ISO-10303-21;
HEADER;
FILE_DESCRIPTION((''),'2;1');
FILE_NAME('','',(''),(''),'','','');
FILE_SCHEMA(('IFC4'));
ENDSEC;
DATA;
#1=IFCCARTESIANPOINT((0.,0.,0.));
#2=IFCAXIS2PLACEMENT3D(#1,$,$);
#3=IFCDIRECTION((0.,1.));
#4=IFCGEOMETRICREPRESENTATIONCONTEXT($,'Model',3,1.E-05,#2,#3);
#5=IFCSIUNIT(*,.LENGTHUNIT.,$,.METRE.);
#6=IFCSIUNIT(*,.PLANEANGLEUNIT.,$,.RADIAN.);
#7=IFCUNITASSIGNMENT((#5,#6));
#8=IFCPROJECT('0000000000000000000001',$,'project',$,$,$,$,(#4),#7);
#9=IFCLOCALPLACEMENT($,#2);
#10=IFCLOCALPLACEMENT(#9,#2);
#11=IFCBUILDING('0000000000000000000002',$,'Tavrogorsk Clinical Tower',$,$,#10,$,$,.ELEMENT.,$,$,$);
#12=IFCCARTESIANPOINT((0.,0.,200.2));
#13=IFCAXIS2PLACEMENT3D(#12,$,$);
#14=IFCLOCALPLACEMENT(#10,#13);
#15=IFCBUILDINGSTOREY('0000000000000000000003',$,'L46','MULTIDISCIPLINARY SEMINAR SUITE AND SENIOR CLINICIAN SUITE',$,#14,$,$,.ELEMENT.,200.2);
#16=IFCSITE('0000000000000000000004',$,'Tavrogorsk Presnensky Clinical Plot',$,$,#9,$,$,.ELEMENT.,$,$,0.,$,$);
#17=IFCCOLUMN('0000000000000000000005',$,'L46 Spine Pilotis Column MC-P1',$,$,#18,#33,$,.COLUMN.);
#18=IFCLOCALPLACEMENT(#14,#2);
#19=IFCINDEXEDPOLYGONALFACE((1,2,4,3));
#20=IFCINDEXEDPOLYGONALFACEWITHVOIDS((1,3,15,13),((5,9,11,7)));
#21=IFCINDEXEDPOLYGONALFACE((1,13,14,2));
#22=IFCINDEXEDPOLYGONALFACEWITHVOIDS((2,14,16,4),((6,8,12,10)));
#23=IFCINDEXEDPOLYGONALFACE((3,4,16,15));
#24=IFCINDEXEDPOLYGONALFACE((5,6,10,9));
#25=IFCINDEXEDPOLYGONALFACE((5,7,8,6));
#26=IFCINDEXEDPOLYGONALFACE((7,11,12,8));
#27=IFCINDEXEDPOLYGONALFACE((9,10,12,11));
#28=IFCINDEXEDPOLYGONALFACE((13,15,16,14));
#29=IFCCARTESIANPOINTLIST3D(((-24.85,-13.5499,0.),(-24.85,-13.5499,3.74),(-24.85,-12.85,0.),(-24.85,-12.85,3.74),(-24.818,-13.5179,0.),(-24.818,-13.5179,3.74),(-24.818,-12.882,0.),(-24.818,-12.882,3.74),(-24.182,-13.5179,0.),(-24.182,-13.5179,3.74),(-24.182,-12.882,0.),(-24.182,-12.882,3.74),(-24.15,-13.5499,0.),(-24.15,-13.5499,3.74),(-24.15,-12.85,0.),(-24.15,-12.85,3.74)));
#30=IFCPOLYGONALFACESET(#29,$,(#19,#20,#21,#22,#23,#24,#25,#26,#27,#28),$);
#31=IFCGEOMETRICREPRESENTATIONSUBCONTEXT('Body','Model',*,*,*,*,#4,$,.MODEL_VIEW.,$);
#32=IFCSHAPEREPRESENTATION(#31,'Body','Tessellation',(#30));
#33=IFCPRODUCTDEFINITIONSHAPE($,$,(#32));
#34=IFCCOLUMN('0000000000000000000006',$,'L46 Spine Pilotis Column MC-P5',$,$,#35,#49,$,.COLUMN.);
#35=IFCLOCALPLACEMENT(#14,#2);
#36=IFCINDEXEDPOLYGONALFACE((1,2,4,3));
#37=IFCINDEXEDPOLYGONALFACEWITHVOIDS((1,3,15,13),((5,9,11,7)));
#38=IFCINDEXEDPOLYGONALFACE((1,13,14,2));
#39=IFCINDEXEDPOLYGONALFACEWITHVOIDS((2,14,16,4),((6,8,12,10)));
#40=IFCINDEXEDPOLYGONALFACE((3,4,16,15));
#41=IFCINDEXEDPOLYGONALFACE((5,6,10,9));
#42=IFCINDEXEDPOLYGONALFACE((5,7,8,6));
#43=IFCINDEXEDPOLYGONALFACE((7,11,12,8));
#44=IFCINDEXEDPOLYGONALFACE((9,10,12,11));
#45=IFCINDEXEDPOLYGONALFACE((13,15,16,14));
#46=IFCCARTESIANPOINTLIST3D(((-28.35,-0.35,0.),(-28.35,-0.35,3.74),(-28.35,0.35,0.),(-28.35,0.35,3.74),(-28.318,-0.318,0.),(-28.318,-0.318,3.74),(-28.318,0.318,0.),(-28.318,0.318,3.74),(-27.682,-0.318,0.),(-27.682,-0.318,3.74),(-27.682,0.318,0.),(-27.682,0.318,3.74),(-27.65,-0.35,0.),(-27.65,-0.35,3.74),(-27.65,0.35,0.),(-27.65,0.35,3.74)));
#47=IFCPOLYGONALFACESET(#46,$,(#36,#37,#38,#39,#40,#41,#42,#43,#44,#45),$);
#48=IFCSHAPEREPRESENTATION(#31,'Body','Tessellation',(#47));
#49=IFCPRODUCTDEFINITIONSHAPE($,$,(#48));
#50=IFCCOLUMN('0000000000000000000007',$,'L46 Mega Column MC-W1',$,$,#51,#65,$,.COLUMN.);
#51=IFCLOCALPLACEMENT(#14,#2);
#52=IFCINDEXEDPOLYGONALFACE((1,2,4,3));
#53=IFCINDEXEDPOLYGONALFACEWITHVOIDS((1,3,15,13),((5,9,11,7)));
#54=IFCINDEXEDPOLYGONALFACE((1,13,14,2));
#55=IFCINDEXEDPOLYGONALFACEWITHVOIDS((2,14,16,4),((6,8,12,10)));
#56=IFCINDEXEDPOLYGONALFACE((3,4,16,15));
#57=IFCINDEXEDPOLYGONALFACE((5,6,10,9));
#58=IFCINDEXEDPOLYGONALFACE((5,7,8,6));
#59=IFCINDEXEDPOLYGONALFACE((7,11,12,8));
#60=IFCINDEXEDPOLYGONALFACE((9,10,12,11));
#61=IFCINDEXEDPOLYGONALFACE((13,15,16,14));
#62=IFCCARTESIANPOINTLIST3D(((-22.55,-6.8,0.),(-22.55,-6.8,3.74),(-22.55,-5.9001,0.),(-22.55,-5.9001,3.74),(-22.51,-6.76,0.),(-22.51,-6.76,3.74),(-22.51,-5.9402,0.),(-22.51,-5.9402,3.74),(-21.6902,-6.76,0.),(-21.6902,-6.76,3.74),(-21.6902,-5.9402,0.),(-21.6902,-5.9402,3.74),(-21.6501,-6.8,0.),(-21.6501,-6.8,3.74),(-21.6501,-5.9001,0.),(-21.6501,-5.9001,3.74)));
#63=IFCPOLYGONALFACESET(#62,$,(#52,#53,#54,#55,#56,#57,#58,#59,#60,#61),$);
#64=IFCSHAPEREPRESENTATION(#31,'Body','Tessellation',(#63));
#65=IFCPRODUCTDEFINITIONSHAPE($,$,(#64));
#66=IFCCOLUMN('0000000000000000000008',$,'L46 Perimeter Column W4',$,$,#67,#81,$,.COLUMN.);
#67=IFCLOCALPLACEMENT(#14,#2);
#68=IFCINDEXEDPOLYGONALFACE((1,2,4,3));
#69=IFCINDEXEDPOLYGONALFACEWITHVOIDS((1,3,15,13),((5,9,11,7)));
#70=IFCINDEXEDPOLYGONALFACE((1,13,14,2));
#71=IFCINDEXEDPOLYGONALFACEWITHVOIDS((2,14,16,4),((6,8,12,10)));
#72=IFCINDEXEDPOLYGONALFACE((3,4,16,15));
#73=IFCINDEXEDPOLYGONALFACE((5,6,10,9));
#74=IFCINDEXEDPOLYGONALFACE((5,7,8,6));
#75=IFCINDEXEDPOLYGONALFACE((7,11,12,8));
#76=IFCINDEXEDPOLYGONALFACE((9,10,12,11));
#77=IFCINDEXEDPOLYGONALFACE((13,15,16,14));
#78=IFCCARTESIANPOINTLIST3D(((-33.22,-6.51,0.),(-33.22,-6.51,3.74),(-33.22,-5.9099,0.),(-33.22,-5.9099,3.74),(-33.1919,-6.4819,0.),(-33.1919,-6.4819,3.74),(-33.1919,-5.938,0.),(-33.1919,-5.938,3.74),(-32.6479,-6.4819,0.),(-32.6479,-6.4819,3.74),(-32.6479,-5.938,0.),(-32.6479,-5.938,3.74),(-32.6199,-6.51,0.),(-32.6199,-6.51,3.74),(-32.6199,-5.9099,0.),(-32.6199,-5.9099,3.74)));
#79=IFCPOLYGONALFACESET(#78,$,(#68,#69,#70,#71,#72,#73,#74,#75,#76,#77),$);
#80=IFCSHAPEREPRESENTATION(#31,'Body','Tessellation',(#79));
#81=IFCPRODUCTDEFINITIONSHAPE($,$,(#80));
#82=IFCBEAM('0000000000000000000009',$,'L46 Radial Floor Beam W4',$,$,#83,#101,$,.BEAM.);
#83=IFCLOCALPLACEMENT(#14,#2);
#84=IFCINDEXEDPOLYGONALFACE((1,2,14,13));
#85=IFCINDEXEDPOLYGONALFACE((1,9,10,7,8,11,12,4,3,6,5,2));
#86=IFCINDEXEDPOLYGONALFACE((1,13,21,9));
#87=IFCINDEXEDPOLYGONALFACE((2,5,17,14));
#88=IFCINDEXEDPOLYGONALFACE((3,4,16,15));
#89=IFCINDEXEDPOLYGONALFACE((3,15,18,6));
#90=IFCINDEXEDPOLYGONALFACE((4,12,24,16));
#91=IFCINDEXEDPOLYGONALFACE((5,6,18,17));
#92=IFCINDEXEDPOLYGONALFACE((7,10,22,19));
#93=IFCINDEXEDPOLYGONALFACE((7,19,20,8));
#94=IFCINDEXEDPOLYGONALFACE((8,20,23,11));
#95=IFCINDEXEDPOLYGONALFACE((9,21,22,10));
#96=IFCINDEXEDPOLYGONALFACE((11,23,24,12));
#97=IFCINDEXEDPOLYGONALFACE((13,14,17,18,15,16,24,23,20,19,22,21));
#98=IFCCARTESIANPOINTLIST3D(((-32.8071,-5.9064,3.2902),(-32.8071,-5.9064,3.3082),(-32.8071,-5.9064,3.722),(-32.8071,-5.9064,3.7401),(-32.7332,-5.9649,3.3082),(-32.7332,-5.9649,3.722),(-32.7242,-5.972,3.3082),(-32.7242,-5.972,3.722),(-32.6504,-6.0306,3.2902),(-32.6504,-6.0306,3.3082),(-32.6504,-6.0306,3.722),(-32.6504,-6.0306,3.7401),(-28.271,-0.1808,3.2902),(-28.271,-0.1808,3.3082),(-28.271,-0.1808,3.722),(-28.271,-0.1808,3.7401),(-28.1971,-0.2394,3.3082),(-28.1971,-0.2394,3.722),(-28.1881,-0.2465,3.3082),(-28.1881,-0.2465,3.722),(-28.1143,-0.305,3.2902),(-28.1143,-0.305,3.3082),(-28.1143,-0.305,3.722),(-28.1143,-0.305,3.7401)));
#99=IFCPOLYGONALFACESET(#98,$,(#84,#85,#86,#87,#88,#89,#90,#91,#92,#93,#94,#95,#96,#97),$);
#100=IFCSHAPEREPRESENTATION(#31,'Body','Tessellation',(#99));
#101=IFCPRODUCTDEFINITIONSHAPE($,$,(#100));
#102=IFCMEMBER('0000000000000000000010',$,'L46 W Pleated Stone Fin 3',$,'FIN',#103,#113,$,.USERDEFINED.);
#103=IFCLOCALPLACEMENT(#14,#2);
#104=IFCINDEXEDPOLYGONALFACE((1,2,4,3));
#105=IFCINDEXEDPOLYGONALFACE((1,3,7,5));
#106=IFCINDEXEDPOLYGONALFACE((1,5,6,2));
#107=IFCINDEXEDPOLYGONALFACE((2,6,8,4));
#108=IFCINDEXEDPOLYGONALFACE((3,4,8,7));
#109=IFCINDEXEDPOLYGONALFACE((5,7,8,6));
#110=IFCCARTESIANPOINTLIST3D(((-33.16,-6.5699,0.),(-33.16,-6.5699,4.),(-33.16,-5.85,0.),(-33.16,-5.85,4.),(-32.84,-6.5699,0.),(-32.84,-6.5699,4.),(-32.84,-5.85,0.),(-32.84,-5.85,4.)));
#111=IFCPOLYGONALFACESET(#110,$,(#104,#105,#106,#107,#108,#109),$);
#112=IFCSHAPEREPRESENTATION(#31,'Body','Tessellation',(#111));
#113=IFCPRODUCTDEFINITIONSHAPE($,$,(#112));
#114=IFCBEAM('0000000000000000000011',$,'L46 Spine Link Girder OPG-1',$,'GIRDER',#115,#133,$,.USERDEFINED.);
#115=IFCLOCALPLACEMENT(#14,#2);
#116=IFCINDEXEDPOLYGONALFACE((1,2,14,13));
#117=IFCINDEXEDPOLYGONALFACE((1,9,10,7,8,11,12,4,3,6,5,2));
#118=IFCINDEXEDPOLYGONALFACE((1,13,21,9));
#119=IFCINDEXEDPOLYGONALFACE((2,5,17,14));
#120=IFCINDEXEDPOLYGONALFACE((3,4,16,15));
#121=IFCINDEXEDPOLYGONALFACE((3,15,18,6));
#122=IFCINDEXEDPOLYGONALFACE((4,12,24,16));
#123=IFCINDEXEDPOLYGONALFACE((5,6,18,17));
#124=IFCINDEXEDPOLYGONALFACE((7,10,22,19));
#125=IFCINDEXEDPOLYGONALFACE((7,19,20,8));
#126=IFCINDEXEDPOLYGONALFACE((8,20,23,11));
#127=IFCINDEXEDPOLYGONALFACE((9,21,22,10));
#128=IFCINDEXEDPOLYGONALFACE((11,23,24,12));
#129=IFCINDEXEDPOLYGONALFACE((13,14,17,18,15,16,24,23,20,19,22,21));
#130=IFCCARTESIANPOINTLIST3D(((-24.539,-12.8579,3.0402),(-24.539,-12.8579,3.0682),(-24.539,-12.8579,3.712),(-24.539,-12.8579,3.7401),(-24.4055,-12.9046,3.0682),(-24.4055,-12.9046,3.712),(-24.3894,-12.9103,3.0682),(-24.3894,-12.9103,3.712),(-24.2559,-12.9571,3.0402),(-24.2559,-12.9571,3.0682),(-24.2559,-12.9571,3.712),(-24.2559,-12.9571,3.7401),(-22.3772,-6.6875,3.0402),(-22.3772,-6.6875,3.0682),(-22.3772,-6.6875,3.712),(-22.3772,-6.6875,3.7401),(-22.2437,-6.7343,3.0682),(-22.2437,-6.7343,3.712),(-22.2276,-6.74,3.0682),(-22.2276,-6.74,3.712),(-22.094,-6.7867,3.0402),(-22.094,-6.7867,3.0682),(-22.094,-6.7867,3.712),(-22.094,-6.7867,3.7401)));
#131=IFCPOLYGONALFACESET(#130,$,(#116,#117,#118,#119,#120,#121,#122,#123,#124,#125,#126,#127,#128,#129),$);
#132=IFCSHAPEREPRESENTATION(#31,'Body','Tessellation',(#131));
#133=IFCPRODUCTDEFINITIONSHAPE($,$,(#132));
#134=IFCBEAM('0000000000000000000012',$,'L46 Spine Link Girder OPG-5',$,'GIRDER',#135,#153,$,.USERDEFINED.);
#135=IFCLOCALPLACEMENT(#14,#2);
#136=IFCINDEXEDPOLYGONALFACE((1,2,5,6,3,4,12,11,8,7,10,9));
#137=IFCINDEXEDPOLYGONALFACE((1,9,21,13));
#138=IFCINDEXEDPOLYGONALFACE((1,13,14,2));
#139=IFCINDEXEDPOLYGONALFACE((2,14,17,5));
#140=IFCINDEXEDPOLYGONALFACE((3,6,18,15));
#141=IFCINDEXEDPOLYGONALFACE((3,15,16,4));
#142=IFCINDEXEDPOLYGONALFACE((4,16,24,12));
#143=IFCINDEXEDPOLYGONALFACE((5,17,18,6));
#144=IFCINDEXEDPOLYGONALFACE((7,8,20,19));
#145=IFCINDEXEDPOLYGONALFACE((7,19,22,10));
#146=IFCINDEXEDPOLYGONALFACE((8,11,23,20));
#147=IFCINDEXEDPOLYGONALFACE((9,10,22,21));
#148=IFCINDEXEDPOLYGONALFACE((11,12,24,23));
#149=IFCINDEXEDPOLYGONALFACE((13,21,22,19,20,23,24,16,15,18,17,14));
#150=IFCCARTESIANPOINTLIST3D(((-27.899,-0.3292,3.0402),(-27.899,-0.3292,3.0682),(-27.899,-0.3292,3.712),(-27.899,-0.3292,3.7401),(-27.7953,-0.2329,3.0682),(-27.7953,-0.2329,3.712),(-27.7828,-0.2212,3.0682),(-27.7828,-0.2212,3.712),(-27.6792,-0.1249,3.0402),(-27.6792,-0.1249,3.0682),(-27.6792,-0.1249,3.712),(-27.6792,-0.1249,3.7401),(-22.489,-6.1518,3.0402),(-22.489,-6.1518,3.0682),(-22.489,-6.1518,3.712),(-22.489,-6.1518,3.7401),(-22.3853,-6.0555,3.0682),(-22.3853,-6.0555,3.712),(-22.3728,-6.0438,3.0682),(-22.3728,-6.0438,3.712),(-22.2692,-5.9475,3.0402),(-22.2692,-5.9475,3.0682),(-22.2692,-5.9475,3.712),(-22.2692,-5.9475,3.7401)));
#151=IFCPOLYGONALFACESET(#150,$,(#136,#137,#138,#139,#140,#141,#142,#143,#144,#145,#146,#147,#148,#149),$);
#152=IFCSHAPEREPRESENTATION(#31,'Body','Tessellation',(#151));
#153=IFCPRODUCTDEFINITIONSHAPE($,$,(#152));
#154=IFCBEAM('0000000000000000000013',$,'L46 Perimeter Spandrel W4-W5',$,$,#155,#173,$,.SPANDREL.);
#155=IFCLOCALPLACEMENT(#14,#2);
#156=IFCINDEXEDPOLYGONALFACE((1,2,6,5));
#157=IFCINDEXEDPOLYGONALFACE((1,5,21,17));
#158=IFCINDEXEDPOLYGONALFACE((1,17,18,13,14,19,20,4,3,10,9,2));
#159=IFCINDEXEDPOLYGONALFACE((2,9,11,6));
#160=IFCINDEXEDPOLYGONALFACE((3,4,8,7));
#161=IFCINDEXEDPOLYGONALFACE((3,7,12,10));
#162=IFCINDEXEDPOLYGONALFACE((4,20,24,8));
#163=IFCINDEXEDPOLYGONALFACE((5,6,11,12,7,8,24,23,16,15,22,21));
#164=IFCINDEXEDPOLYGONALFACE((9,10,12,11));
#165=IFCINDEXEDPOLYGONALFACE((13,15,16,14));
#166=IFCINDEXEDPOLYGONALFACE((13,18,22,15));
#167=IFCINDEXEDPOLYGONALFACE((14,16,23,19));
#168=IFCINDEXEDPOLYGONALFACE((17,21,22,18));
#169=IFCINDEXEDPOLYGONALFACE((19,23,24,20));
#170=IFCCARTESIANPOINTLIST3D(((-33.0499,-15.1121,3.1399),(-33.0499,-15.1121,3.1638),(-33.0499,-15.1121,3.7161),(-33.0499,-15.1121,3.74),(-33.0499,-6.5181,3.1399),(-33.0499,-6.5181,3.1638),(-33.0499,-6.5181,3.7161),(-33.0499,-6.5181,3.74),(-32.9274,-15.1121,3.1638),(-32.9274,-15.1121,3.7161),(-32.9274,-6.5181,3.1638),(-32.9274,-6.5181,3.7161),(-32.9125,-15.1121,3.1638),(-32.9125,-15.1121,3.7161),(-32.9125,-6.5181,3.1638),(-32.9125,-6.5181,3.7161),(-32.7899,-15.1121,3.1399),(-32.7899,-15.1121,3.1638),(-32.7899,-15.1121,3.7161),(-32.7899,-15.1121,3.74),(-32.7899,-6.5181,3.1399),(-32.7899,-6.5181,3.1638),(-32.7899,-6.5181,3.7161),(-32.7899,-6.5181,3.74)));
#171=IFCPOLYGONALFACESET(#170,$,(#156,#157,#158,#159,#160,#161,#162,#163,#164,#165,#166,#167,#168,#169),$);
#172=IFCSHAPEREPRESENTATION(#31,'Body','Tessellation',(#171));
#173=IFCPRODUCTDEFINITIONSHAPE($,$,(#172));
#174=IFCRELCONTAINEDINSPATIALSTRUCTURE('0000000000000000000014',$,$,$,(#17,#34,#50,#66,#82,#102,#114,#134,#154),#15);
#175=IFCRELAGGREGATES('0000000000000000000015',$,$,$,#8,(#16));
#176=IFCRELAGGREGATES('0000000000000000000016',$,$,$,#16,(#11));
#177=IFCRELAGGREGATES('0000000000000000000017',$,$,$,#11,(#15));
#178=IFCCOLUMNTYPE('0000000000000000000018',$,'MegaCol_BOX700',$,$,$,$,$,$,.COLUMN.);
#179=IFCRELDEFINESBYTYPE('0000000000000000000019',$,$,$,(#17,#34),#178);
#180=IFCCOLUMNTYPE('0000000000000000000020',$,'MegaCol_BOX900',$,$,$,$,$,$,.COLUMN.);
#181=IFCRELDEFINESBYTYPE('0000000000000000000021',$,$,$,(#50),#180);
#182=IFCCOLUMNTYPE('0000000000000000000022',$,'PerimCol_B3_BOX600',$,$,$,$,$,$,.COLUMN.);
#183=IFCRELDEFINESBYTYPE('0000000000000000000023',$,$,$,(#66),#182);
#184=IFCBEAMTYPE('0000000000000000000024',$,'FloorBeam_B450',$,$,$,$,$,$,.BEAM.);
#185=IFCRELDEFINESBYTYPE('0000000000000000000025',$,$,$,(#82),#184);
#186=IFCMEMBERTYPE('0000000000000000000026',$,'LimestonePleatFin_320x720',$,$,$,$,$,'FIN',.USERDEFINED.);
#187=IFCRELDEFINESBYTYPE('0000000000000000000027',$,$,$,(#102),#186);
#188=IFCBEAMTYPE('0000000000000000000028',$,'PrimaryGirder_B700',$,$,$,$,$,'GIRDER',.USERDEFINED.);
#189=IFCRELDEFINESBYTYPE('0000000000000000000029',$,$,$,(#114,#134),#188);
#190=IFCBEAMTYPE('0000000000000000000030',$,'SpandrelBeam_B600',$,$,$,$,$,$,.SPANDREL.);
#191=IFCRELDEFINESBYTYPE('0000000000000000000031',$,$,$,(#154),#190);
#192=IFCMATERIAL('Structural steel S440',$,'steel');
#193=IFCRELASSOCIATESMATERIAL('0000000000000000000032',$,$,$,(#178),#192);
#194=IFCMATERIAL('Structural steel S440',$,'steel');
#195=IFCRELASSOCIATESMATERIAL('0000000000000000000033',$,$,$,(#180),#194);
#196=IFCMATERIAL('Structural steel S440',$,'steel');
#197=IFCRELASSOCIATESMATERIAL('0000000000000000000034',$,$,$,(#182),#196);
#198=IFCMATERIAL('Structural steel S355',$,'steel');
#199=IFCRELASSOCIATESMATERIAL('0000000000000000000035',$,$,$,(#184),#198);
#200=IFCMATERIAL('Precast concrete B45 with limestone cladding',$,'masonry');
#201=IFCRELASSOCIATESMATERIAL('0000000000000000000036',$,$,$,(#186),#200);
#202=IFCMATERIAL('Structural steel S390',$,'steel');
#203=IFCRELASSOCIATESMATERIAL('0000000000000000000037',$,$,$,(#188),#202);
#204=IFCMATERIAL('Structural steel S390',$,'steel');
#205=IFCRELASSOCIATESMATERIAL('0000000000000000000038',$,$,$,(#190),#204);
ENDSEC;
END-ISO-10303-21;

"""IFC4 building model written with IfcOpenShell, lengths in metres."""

from ifc_helpers import new_model, si_unit, direction, frame, origin, origin_2d, place, context, subcontext, project, spatial, rectangle, hollow_rectangle, i_section, extrude, material, material_profile, profile_set, type_object, element, save


model = new_model("IFC4")

# Units and contexts
model_context = context("Model", 3, precision=1e-05, world=origin(), true_north=direction((0.0, 1.0)))
body_context = subcontext(model_context, "Body", "Model", "MODEL_VIEW")
ifc_project = project(units=[si_unit("LENGTHUNIT", "METRE"), si_unit("PLANEANGLEUNIT", "RADIAN")], contexts=[model_context])

# Site, building, storey
site_placement = place(None, origin())
site = spatial("IfcSite", under=ifc_project, at=site_placement, Name="Tavrogorsk Presnensky Clinical Plot", CompositionType="ELEMENT", RefElevation=0.0)
building_placement = place(site_placement, origin())
building = spatial("IfcBuilding", under=site, at=building_placement, Name="Tavrogorsk Clinical Tower", CompositionType="ELEMENT")
storey_placement = place(building_placement, frame((0.0, 0.0, 200.2)))
storey = spatial("IfcBuildingStorey", under=building, at=storey_placement, Name="L46", Description="MULTIDISCIPLINARY SEMINAR SUITE AND SENIOR CLINICIAN SUITE", CompositionType="ELEMENT", Elevation=200.2)

# Columns
ifc_material_1 = material(Name="Structural steel S440", Category="steel")
ifc_material_profile_1 = material_profile(ifc_material_1, hollow_rectangle(XDim=0.7, YDim=0.7, WallThickness=0.032, at=origin_2d()), Name="BOX-700x700x32")
ifc_profile_set_1 = profile_set([ifc_material_profile_1], Name="Structural steel S440")
column_type_1 = type_object("IfcColumnType", Name="MegaCol_BOX700", PredefinedType="COLUMN", material=ifc_profile_set_1)
for number, where, z_axis, x_axis, name in (
    (1, (-24.5, -13.2, 0.0), (0.0, 0.0, 1.0), (1.0, 0.0, 0.0), "L46 Spine Pilotis Column MC-P1"),
    (2, (-28.0, 0.0, 0.0), (0.0, 0.0, 1.0), (1.0, 0.0, 0.0), "L46 Spine Pilotis Column MC-P5"),
):
    element("IfcColumn", number, at=place(storey_placement, frame(where, z_axis=z_axis, x_axis=x_axis)), inside=storey, type_object=column_type_1, Name=name, PredefinedType="COLUMN", context=body_context, shape_type="SweptSolid", body=[
        extrude(hollow_rectangle(XDim=0.7, YDim=0.7, WallThickness=0.032, at=origin_2d()), origin(), (0.0, 0.0, 1.0), 3.74),
    ])
ifc_material_2 = material(Name="Structural steel S440", Category="steel")
ifc_material_profile_2 = material_profile(ifc_material_2, hollow_rectangle(XDim=0.8999, YDim=0.8999, WallThickness=0.04, at=origin_2d()), Name="BOX-900x900x40")
ifc_profile_set_2 = profile_set([ifc_material_profile_2], Name="Structural steel S440")
column_type_2 = type_object("IfcColumnType", Name="MegaCol_BOX900", PredefinedType="COLUMN", material=ifc_profile_set_2)
column_1_placement = place(storey_placement, frame((-22.1001, -6.3501, 0.0), z_axis=(0.0, 0.0, 1.0), x_axis=(1.0, 0.0, 0.0)))
element("IfcColumn", 3, at=column_1_placement, inside=storey, type_object=column_type_2, Name="L46 Mega Column MC-W1", PredefinedType="COLUMN", context=body_context, shape_type="SweptSolid", body=[
    extrude(hollow_rectangle(XDim=0.8999, YDim=0.8999, WallThickness=0.04, at=origin_2d()), origin(), (0.0, 0.0, 1.0), 3.74),
])
ifc_material_3 = material(Name="Structural steel S440", Category="steel")
ifc_material_profile_3 = material_profile(ifc_material_3, hollow_rectangle(XDim=0.6001, YDim=0.6001, WallThickness=0.0281, at=origin_2d()), Name="BOX-600x600x28")
ifc_profile_set_3 = profile_set([ifc_material_profile_3], Name="Structural steel S440")
column_type_3 = type_object("IfcColumnType", Name="PerimCol_B3_BOX600", PredefinedType="COLUMN", material=ifc_profile_set_3)
column_2_placement = place(storey_placement, frame((-32.9199, -6.21, 0.0), z_axis=(0.0, 0.0, 1.0), x_axis=(1.0, 0.0, 0.0)))
element("IfcColumn", 4, at=column_2_placement, inside=storey, type_object=column_type_3, Name="L46 Perimeter Column W4", PredefinedType="COLUMN", context=body_context, shape_type="SweptSolid", body=[
    extrude(hollow_rectangle(XDim=0.6001, YDim=0.6001, WallThickness=0.0281, at=origin_2d()), origin(), (0.0, 0.0, 1.0), 3.74),
])

# Beam
ifc_material_4 = material(Name="Structural steel S355", Category="steel")
ifc_material_profile_4 = material_profile(ifc_material_4, i_section(OverallWidth=0.2, OverallDepth=0.45, WebThickness=0.0115, FlangeThickness=0.0181, at=origin_2d()), Name="B-450x200x11.5x18")
ifc_profile_set_4 = profile_set([ifc_material_profile_4], Name="Structural steel S355")
beam_type_1 = type_object("IfcBeamType", Name="FloorBeam_B450", PredefinedType="BEAM", material=ifc_profile_set_4)
beam_1_placement = place(storey_placement, frame((-28.1926, -0.2429, 3.5151), z_axis=(-0.620987, -0.783821, 0.0), x_axis=(0.783821, -0.620987, 0.0)))
element("IfcBeam", 5, at=beam_1_placement, inside=storey, type_object=beam_type_1, Name="L46 Radial Floor Beam W4", PredefinedType="BEAM", context=body_context, shape_type="SweptSolid", body=[
    extrude(i_section(OverallWidth=0.2, OverallDepth=0.45, WebThickness=0.0115, FlangeThickness=0.0181, at=origin_2d()), origin(), (0.0, 0.0, 1.0), 7.3047),
])

# Member
ifc_material_5 = material(Name="Precast concrete B45 with limestone cladding", Category="masonry")
ifc_material_profile_5 = material_profile(ifc_material_5, rectangle(XDim=0.3201, YDim=0.72, at=origin_2d()), Name="LIMESTONE-FIN-320x720")
ifc_profile_set_5 = profile_set([ifc_material_profile_5], Name="Precast concrete B45 with limestone cladding")
member_type = type_object("IfcMemberType", Name="LimestonePleatFin_320x720", ElementType="FIN", PredefinedType="USERDEFINED", material=ifc_profile_set_5)
member_placement = place(storey_placement, frame((-33.0, -6.21, 0.0), z_axis=(0.0, 0.0, 1.0), x_axis=(1.0, 0.0, 0.0)))
element("IfcMember", 6, at=member_placement, inside=storey, type_object=member_type, Name="L46 W Pleated Stone Fin 3", ObjectType="FIN", PredefinedType="USERDEFINED", context=body_context, shape_type="SweptSolid", body=[
    extrude(rectangle(XDim=0.3201, YDim=0.72, at=origin_2d()), origin(), (0.0, 0.0, 1.0), 4.0),
])

# Beams
ifc_material_6 = material(Name="Structural steel S390", Category="steel")
ifc_material_profile_6 = material_profile(ifc_material_6, i_section(OverallWidth=0.3, OverallDepth=0.7, WebThickness=0.0171, FlangeThickness=0.0281, at=origin_2d()), Name="B-700x300x17x28")
ifc_profile_set_6 = profile_set([ifc_material_profile_6], Name="Structural steel S390")
beam_type_2 = type_object("IfcBeamType", Name="PrimaryGirder_B700", ElementType="GIRDER", PredefinedType="USERDEFINED", material=ifc_profile_set_6)
beam_2_placement = place(storey_placement, frame((-24.3975, -12.9075, 3.3901), z_axis=(0.330653, 0.943752, 0.0), x_axis=(-0.943752, 0.330653, 0.0)))
element("IfcBeam", 7, at=beam_2_placement, inside=storey, type_object=beam_type_2, Name="L46 Spine Link Girder OPG-1", ObjectType="GIRDER", PredefinedType="USERDEFINED", context=body_context, shape_type="SweptSolid", body=[
    extrude(i_section(OverallWidth=0.3, OverallDepth=0.7, WebThickness=0.0171, FlangeThickness=0.0281, at=origin_2d()), origin(), (0.0, 0.0, 1.0), 6.5381),
])
beam_3_placement = place(storey_placement, frame((-27.7891, -0.2271, 3.3901), z_axis=(0.680674, -0.732587, 0.0), x_axis=(0.732587, 0.680674, 0.0)))
element("IfcBeam", 8, at=beam_3_placement, inside=storey, type_object=beam_type_2, Name="L46 Spine Link Girder OPG-5", ObjectType="GIRDER", PredefinedType="USERDEFINED", context=body_context, shape_type="SweptSolid", body=[
    extrude(i_section(OverallWidth=0.3, OverallDepth=0.7, WebThickness=0.0171, FlangeThickness=0.0281, at=origin_2d()), origin(), (0.0, 0.0, 1.0), 7.948),
])
ifc_material_7 = material(Name="Structural steel S390", Category="steel")
ifc_material_profile_7 = material_profile(ifc_material_7, i_section(OverallWidth=0.26, OverallDepth=0.6001, WebThickness=0.0149, FlangeThickness=0.0239, at=origin_2d()), Name="B-600x260x15x24")
ifc_profile_set_7 = profile_set([ifc_material_profile_7], Name="Structural steel S390")
beam_type_3 = type_object("IfcBeamType", Name="SpandrelBeam_B600", PredefinedType="SPANDREL", material=ifc_profile_set_7)
beam_4_placement = place(storey_placement, frame((-32.9199, -6.5181, 3.4399), z_axis=(0.0, -1.0, 0.0), x_axis=(1.0, 0.0, 0.0)))
element("IfcBeam", 9, at=beam_4_placement, inside=storey, type_object=beam_type_3, Name="L46 Perimeter Spandrel W4-W5", PredefinedType="SPANDREL", context=body_context, shape_type="SweptSolid", body=[
    extrude(i_section(OverallWidth=0.26, OverallDepth=0.6001, WebThickness=0.0149, FlangeThickness=0.0239, at=origin_2d()), origin(), (0.0, 0.0, 1.0), 8.594),
])

save(model, "model.ifc")
